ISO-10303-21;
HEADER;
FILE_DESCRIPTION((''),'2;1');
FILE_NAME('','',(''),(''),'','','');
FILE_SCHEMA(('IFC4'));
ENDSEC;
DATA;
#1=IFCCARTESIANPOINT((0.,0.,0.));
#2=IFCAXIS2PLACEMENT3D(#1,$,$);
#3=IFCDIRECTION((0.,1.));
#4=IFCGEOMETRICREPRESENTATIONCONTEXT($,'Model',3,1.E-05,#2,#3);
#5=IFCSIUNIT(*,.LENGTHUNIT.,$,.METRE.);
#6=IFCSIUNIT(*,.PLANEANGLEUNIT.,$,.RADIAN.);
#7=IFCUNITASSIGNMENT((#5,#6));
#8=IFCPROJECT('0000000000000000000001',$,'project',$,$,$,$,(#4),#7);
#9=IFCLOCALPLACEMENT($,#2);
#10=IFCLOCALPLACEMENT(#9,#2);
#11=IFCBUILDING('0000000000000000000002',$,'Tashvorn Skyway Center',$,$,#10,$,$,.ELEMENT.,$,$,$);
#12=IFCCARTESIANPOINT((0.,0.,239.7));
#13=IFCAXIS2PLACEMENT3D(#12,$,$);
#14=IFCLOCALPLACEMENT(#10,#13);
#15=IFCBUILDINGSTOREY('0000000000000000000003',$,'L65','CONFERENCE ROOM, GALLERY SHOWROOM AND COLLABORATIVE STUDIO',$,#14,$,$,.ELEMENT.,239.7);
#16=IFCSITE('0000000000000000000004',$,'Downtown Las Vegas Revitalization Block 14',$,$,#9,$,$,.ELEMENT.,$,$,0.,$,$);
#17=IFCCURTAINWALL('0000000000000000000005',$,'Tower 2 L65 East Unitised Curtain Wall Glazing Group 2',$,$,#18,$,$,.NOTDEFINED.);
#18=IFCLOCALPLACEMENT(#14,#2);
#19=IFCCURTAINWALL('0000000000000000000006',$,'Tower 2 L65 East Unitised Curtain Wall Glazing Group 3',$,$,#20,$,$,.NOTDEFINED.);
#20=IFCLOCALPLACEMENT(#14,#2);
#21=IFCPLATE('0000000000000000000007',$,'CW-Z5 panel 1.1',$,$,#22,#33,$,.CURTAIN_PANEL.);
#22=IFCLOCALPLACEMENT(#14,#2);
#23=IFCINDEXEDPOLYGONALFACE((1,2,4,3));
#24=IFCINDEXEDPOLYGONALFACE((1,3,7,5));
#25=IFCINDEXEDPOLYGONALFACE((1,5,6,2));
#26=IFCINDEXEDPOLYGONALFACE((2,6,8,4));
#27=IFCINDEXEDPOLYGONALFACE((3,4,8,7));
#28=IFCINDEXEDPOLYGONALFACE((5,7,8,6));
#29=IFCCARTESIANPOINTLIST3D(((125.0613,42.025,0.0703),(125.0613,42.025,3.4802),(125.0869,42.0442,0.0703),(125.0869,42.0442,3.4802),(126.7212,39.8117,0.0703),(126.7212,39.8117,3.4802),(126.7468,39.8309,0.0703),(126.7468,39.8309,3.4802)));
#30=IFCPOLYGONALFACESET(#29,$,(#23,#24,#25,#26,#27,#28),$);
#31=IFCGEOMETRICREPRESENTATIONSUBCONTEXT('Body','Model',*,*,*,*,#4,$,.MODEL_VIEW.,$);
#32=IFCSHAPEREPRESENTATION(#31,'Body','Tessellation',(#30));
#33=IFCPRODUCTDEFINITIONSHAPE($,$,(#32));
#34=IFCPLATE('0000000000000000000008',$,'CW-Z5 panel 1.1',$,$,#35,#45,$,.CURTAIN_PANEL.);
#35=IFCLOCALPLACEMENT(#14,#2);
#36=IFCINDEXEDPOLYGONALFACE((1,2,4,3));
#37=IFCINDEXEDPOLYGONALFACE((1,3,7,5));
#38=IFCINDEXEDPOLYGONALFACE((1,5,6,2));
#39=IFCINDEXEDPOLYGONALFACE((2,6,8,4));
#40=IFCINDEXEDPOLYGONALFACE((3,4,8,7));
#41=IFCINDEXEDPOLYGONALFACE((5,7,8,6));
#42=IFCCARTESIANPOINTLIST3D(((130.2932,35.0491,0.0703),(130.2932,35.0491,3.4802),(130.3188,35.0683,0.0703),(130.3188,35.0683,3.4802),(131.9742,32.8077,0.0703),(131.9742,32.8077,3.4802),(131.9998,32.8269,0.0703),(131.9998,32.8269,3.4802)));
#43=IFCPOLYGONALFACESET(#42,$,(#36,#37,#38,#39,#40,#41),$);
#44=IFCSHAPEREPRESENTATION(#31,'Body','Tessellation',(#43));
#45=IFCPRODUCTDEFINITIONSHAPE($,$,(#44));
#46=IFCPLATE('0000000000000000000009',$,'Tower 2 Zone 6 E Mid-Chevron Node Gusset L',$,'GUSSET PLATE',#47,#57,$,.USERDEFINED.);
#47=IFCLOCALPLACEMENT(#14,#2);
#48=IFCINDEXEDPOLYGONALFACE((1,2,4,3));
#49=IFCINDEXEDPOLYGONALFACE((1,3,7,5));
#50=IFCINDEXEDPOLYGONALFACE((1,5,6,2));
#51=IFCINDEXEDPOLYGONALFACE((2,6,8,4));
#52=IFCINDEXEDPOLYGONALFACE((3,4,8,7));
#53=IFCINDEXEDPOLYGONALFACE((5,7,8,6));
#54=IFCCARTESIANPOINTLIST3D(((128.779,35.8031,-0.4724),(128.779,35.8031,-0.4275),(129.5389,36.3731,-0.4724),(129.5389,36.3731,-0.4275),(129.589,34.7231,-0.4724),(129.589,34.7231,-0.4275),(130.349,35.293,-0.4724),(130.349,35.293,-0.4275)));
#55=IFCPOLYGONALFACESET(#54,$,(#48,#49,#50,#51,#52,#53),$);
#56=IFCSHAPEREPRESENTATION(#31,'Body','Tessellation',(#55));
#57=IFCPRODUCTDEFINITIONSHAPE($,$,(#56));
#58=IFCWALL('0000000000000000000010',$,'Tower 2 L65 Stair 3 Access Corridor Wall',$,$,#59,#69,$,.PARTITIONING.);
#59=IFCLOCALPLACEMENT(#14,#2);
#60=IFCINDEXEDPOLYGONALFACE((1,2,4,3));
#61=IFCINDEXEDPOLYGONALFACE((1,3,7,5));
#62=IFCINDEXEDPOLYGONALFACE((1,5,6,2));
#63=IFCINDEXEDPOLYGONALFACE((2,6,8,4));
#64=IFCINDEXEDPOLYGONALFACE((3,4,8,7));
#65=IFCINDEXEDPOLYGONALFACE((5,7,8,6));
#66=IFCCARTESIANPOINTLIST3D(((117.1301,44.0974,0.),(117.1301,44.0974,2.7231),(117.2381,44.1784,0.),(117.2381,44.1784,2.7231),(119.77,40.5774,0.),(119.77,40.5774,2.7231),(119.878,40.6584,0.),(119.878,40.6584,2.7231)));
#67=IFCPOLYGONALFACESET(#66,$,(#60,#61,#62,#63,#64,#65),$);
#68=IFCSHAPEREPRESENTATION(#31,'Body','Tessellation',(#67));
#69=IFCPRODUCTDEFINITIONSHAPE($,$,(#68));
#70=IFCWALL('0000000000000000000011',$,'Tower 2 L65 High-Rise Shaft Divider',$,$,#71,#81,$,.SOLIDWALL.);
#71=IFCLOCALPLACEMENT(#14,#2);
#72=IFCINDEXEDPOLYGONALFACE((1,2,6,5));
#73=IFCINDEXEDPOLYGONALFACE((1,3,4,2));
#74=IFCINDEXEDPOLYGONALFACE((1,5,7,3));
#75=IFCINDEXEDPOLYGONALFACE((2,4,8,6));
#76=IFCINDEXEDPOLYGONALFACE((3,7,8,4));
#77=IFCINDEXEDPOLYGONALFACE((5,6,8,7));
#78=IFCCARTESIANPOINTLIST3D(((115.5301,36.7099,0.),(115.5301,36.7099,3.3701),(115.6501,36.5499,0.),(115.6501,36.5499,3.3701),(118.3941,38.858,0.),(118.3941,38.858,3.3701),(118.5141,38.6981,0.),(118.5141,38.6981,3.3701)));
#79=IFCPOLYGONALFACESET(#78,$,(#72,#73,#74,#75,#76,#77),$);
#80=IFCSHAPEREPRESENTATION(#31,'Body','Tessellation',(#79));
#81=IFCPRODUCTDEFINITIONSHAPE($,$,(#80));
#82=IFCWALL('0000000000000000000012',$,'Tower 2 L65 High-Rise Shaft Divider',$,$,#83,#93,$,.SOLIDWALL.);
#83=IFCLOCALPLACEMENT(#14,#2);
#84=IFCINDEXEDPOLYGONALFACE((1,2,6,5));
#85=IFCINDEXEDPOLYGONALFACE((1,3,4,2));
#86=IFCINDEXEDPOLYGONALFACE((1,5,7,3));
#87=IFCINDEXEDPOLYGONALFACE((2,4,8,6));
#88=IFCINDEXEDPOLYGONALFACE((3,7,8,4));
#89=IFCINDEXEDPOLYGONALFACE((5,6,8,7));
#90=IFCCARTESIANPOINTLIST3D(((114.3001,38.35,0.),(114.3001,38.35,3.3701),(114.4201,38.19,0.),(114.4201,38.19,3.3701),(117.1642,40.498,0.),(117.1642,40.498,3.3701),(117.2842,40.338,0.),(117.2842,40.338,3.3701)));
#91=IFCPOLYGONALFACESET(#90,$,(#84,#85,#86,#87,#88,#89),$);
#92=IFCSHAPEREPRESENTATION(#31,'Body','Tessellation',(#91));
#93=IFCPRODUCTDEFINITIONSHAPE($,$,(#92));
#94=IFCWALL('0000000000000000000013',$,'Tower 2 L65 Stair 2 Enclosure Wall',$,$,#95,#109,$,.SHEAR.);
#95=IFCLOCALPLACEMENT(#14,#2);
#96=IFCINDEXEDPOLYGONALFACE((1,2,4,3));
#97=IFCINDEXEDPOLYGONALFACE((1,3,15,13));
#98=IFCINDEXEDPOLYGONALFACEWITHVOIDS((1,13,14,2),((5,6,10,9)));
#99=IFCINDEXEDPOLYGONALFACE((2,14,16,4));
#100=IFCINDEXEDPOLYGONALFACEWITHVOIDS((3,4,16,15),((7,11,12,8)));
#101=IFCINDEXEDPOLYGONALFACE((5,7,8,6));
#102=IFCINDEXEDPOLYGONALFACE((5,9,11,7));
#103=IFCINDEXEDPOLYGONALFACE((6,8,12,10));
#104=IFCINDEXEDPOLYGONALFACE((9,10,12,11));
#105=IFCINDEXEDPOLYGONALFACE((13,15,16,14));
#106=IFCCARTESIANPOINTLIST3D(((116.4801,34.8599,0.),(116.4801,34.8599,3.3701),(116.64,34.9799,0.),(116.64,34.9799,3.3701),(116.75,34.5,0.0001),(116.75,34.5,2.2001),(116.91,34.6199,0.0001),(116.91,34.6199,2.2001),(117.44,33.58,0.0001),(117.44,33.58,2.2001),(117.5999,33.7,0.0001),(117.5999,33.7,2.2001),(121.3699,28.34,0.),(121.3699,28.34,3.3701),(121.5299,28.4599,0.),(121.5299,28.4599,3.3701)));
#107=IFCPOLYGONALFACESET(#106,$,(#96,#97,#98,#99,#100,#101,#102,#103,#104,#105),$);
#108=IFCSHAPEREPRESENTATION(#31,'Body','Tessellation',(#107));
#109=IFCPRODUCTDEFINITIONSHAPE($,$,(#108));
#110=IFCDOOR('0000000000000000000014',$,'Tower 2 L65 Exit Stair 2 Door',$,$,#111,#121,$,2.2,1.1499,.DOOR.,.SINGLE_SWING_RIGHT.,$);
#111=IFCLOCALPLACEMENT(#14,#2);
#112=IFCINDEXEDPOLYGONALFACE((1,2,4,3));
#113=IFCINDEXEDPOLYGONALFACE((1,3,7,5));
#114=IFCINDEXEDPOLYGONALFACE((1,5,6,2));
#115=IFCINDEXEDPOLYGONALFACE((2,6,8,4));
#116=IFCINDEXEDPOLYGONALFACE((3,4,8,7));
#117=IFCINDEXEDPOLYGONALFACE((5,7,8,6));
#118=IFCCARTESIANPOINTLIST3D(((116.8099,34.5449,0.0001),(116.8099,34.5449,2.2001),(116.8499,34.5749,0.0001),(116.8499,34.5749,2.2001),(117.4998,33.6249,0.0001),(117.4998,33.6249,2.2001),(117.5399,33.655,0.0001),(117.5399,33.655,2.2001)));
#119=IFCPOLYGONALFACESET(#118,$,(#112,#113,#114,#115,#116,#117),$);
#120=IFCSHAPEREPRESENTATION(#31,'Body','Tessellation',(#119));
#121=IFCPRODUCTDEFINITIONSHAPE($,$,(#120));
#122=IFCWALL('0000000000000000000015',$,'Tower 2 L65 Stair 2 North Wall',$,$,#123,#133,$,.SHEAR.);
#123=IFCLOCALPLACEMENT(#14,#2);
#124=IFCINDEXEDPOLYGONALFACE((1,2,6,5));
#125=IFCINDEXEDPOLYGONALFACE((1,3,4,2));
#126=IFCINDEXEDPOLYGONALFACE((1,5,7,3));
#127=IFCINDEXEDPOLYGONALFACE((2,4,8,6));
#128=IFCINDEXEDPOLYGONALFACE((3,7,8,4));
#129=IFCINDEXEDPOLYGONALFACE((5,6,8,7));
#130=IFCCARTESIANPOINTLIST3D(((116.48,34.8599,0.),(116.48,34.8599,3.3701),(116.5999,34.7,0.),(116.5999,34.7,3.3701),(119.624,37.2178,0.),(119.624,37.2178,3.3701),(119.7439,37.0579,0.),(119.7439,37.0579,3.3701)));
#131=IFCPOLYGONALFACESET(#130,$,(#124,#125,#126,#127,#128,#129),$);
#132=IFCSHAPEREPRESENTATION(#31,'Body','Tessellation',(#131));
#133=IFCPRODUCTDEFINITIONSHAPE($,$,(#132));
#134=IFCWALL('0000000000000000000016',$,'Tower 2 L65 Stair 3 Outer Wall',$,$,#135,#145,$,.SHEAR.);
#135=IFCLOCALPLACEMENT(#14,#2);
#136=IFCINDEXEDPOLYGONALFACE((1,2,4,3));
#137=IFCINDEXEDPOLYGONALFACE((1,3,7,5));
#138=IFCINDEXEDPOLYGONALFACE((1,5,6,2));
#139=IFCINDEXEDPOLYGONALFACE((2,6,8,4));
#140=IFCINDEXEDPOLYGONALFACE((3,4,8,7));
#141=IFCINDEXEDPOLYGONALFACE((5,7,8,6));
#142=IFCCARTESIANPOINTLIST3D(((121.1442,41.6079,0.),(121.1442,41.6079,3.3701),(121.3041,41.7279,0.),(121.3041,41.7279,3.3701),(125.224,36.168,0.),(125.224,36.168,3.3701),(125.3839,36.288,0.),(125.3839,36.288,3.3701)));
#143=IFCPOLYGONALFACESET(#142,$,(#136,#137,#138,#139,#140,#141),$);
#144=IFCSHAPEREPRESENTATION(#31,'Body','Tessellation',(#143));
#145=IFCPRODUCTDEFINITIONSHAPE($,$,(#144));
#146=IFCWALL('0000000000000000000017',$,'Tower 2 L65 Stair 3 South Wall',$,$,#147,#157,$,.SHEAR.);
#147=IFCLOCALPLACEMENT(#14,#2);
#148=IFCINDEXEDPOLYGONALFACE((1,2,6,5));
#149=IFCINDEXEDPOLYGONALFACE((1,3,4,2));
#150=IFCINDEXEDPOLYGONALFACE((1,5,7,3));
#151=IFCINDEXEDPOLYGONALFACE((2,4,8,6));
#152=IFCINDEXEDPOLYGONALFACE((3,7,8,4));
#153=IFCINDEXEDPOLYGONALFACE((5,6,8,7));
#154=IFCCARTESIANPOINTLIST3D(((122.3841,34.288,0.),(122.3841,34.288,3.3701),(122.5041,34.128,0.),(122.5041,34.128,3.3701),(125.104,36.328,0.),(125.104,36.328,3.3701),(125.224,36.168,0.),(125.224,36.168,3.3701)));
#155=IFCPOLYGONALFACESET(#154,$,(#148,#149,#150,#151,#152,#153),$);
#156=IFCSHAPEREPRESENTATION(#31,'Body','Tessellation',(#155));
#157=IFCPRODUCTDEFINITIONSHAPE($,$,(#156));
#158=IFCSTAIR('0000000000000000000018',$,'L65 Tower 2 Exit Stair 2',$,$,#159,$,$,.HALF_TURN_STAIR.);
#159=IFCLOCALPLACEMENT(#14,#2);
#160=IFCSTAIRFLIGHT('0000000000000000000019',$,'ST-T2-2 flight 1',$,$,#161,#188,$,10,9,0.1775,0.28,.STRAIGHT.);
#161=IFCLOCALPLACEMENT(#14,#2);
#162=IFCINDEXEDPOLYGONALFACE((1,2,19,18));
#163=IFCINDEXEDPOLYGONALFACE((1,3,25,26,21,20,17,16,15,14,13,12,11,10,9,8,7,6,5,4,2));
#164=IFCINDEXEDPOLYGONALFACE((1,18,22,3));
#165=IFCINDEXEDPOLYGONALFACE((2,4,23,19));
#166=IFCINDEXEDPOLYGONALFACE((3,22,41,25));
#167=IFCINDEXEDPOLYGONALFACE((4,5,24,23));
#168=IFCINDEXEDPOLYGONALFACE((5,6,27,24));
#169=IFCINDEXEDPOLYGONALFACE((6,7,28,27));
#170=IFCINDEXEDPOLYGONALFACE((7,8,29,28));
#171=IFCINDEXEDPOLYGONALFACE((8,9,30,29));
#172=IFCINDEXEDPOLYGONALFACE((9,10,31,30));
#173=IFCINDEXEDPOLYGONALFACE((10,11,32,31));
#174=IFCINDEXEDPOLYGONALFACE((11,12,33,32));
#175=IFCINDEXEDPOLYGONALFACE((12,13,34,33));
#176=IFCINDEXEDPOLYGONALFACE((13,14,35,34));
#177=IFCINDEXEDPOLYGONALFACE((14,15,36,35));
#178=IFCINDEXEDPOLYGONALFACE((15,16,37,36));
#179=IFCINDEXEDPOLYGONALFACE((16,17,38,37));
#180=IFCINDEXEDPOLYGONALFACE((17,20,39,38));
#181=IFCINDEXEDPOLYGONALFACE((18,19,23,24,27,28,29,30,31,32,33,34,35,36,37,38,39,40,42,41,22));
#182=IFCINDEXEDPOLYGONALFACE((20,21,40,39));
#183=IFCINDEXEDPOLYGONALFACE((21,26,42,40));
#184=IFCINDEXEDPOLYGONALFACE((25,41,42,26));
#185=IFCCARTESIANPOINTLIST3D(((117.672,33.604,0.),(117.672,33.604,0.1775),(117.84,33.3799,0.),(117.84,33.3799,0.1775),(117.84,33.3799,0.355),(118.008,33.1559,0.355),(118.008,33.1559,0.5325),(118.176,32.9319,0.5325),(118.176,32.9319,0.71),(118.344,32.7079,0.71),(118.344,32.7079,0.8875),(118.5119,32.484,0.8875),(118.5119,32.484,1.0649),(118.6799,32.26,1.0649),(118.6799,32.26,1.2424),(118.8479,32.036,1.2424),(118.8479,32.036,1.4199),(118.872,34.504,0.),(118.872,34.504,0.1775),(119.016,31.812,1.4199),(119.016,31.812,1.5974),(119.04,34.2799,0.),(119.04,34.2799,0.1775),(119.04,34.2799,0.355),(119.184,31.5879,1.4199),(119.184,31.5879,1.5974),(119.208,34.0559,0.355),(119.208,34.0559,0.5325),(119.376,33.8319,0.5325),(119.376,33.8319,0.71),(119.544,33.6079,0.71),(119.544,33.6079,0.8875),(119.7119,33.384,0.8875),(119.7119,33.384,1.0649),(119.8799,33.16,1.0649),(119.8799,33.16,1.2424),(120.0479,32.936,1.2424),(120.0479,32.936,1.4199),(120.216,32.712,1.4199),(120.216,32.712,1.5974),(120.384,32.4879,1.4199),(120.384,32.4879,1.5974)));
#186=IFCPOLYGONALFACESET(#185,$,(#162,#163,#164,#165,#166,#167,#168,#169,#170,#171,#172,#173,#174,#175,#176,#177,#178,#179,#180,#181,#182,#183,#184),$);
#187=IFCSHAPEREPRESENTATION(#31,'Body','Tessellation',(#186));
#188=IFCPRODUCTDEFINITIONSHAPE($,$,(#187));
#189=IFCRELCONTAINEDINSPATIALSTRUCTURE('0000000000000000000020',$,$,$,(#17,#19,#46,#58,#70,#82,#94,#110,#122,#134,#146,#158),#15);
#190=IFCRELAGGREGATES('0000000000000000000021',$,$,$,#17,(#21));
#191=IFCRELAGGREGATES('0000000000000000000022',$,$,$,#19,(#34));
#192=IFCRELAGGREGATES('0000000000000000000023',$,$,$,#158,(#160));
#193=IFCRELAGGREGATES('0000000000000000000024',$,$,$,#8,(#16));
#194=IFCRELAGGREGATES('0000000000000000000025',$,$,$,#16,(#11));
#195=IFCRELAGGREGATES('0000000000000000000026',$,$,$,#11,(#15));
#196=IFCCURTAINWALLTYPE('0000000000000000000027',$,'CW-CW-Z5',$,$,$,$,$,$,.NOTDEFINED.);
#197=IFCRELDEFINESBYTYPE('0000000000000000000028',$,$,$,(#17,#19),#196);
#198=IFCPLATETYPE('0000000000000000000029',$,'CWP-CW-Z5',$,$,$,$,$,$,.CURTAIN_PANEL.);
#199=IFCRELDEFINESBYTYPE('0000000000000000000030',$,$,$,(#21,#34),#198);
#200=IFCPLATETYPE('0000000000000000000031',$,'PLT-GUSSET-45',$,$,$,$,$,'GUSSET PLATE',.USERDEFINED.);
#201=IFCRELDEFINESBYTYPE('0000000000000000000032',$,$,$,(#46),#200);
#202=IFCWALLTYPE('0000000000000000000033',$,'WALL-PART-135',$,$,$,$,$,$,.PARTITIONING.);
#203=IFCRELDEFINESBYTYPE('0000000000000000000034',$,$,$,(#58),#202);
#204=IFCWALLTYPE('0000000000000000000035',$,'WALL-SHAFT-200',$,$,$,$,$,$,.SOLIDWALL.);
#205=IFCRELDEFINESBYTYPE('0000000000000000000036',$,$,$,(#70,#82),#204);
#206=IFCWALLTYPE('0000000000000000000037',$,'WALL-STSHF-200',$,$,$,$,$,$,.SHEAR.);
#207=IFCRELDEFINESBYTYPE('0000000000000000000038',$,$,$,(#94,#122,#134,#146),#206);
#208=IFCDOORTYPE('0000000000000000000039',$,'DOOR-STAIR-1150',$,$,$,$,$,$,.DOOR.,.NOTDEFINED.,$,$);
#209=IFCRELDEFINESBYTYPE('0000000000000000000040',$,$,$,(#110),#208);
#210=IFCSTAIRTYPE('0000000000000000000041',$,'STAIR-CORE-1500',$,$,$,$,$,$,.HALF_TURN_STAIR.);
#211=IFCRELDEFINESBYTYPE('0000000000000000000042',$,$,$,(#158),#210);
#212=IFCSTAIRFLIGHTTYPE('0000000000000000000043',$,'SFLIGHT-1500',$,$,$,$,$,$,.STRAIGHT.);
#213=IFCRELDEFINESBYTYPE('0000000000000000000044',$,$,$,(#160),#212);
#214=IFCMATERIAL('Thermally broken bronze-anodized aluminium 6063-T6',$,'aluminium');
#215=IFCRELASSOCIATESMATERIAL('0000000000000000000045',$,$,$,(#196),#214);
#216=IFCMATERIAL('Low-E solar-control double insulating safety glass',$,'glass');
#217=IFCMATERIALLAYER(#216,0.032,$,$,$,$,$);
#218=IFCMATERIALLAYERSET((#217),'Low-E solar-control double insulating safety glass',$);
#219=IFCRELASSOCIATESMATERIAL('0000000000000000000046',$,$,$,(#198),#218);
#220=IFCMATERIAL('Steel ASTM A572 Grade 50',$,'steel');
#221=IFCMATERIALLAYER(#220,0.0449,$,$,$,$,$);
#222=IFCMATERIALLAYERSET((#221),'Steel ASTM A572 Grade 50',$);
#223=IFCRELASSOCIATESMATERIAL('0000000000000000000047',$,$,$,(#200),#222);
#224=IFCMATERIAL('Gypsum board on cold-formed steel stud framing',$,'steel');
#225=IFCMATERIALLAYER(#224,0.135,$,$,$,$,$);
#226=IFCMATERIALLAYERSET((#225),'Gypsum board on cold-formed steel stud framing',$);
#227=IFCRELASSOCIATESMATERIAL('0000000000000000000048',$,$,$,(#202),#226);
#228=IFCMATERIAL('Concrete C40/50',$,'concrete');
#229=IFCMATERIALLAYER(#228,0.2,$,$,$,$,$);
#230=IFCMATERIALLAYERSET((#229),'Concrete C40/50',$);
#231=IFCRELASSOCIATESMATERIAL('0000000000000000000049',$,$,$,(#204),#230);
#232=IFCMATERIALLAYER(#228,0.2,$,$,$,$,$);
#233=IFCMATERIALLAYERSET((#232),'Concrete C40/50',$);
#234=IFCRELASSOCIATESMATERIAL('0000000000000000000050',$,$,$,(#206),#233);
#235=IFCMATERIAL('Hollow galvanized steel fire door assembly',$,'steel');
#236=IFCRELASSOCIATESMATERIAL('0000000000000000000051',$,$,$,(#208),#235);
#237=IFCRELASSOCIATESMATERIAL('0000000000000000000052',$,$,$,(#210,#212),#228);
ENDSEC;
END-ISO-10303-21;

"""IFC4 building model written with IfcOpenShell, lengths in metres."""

from ifc_helpers import new_model, si_unit, direction, frame, frame_2d, origin, origin_2d, place, context, subcontext, project, spatial, polyline, rectangle, outline, extrude, material, layer, layer_set, type_object, element, fill, aggregate, save


model = new_model("IFC4")

# Units and contexts
model_context = context("Model", 3, precision=1e-05, world=origin(), true_north=direction((0.0, 1.0)))
body_context = subcontext(model_context, "Body", "Model", "MODEL_VIEW")
ifc_project = project(units=[si_unit("LENGTHUNIT", "METRE"), si_unit("PLANEANGLEUNIT", "RADIAN")], contexts=[model_context])

# Site, building, storey
site_placement = place(None, origin())
site = spatial("IfcSite", under=ifc_project, at=site_placement, Name="Downtown Las Vegas Revitalization Block 14", CompositionType="ELEMENT", RefElevation=0.0)
building_placement = place(site_placement, origin())
building = spatial("IfcBuilding", under=site, at=building_placement, Name="Tashvorn Skyway Center", CompositionType="ELEMENT")
storey_placement = place(building_placement, frame((0.0, 0.0, 239.7)))
storey = spatial("IfcBuildingStorey", under=building, at=storey_placement, Name="L65", Description="CONFERENCE ROOM, GALLERY SHOWROOM AND COLLABORATIVE STUDIO", CompositionType="ELEMENT", Elevation=239.7)

# Shared definitions
ifc_material_1 = material(Name="Steel ASTM A572 Grade 50", Category="steel")

# Curtain wall
ifc_material_2 = material(Name="Thermally broken bronze-anodized aluminium 6063-T6", Category="aluminium")
curtain_wall_type = type_object("IfcCurtainWallType", Name="CW-CW-Z5", PredefinedType="NOTDEFINED", material=ifc_material_2)
curtain_wall_1_placement = place(storey_placement, origin())
curtain_wall_1 = element("IfcCurtainWall", 1, at=curtain_wall_1_placement, inside=storey, type_object=curtain_wall_type, Name="Tower 2 L65 East Unitised Curtain Wall Glazing Group 2", PredefinedType="NOTDEFINED")

# Curtain wall
curtain_wall_2_placement = place(storey_placement, origin())
curtain_wall_2 = element("IfcCurtainWall", 2, at=curtain_wall_2_placement, inside=storey, type_object=curtain_wall_type, Name="Tower 2 L65 East Unitised Curtain Wall Glazing Group 3", PredefinedType="NOTDEFINED")

# Plates
ifc_material_3 = material(Name="Low-E solar-control double insulating safety glass", Category="glass")
ifc_layer_1 = layer(ifc_material_3, 0.032)
ifc_layer_set_1 = layer_set([ifc_layer_1], Name="Low-E solar-control double insulating safety glass")
plate_type_1 = type_object("IfcPlateType", Name="CWP-CW-Z5", PredefinedType="CURTAIN_PANEL", material=ifc_layer_set_1)
plate_1_placement = place(storey_placement, frame((125.9041, 40.928, 0.0703), z_axis=(0.0, 0.0, 1.0), x_axis=(0.599989, -0.800008, 0.0)))
plate_1 = element("IfcPlate", 3, at=plate_1_placement, type_object=plate_type_1, Name="CW-Z5 panel 1.1", PredefinedType="CURTAIN_PANEL", context=body_context, shape_type="SweptSolid", body=[
    extrude(rectangle(XDim=2.7666, YDim=0.032, at=origin_2d()), origin(), (0.0, 0.0, 1.0), 3.4099),
])
aggregate(curtain_wall_1, [plate_1])
plate_2_placement = place(storey_placement, frame((131.1465, 33.938, 0.0703), z_axis=(0.0, 0.0, 1.0), x_axis=(0.599997, -0.800002, 0.0)))
plate_2 = element("IfcPlate", 4, at=plate_2_placement, type_object=plate_type_1, Name="CW-Z5 panel 1.1", PredefinedType="CURTAIN_PANEL", context=body_context, shape_type="SweptSolid", body=[
    extrude(rectangle(XDim=2.8018, YDim=0.032, at=origin_2d()), origin(), (0.0, 0.0, 1.0), 3.4099),
])
aggregate(curtain_wall_2, [plate_2])
ifc_layer_2 = layer(ifc_material_1, 0.0449)
ifc_layer_set_2 = layer_set([ifc_layer_2], Name="Steel ASTM A572 Grade 50")
plate_type_2 = type_object("IfcPlateType", Name="PLT-GUSSET-45", ElementType="GUSSET PLATE", PredefinedType="USERDEFINED", material=ifc_layer_set_2)
plate_3_placement = place(storey_placement, frame((129.564, 35.5481, -0.4724), z_axis=(0.0, 0.0, 1.0), x_axis=(-0.6, 0.8, 0.0)))
element("IfcPlate", 5, at=plate_3_placement, inside=storey, type_object=plate_type_2, Name="Tower 2 Zone 6 E Mid-Chevron Node Gusset L", ObjectType="GUSSET PLATE", PredefinedType="USERDEFINED", context=body_context, shape_type="SweptSolid", body=[
    extrude(rectangle(XDim=1.3501, YDim=0.95, at=origin_2d()), origin(), (0.0, 0.0, 1.0), 0.0449),
])

# Walls
ifc_material_4 = material(Name="Gypsum board on cold-formed steel stud framing", Category="steel")
ifc_layer_3 = layer(ifc_material_4, 0.135)
ifc_layer_set_3 = layer_set([ifc_layer_3], Name="Gypsum board on cold-formed steel stud framing")
wall_type_1 = type_object("IfcWallType", Name="WALL-PART-135", PredefinedType="PARTITIONING", material=ifc_layer_set_3)
wall_1_placement = place(storey_placement, frame((119.824, 40.6179, 0.0), z_axis=(0.0, 0.0, 1.0), x_axis=(-0.599982, 0.800013, 0.0)))
element("IfcWall", 6, at=wall_1_placement, inside=storey, type_object=wall_type_1, Name="Tower 2 L65 Stair 3 Access Corridor Wall", PredefinedType="PARTITIONING", context=body_context, shape_type="SweptSolid", body=[
    extrude(rectangle(XDim=4.3999, YDim=0.135, at=frame_2d((2.2, 0.0))), origin(), (0.0, 0.0, 1.0), 2.7231),
])
ifc_material_5 = material(Name="Concrete C40/50", Category="concrete")
ifc_layer_4 = layer(ifc_material_5, 0.2)
ifc_layer_set_4 = layer_set([ifc_layer_4], Name="Concrete C40/50")
wall_type_2 = type_object("IfcWallType", Name="WALL-SHAFT-200", PredefinedType="SOLIDWALL", material=ifc_layer_set_4)
for number, where, z_axis, x_axis, name in (
    (7, (115.5901, 36.6299, 0.0), (0.0, 0.0, 1.0), (0.799975, 0.600033, 0.0), "Tower 2 L65 High-Rise Shaft Divider"),
    (8, (114.3601, 38.27, 0.0), (0.0, 0.0, 1.0), (0.800008, 0.599989, 0.0), "Tower 2 L65 High-Rise Shaft Divider"),
):
    element("IfcWall", number, at=place(storey_placement, frame(where, z_axis=z_axis, x_axis=x_axis)), inside=storey, type_object=wall_type_2, Name=name, PredefinedType="SOLIDWALL", context=body_context, shape_type="SweptSolid", body=[
        extrude(rectangle(XDim=3.5801, YDim=0.2, at=frame_2d((1.79, 0.0))), origin(), (0.0, 0.0, 1.0), 3.3701),
    ])

# Wall, opening, door
ifc_layer_5 = layer(ifc_material_5, 0.2)
ifc_layer_set_5 = layer_set([ifc_layer_5], Name="Concrete C40/50")
wall_type_3 = type_object("IfcWallType", Name="WALL-STSHF-200", PredefinedType="SHEAR", material=ifc_layer_set_5)
wall_2_placement = place(storey_placement, frame((116.5601, 34.9199, 0.0), z_axis=(0.0, 0.0, 1.0), x_axis=(0.59999, -0.800007, 0.0)))
wall_2 = element("IfcWall", 9, at=wall_2_placement, inside=storey, type_object=wall_type_3, Name="Tower 2 L65 Stair 2 Enclosure Wall", PredefinedType="SHEAR", context=body_context, shape_type="SweptSolid", body=[
    extrude(rectangle(XDim=8.1499, YDim=0.2, at=frame_2d((4.075, 0.0))), origin(), (0.0, 0.0, 1.0), 3.3701),
])
opening_placement = place(wall_2_placement, frame((0.45, 0.0, 0.0)))
opening = element("IfcOpeningElement", 10, at=opening_placement, cuts=wall_2, PredefinedType="OPENING", context=body_context, shape_type="SweptSolid", body=[
    extrude(rectangle(XDim=1.1499, YDim=2.2, at=frame_2d((0.575, 1.1001))), frame((0.0, 0.1099, 0.0), z_axis=(0.0, -1.0, 0.0), x_axis=(1.0, 0.0, 0.0)), (0.0, 0.0, 1.0), 0.22),
])
ifc_material_6 = material(Name="Hollow galvanized steel fire door assembly", Category="steel")
door_type = type_object("IfcDoorType", Name="DOOR-STAIR-1150", OperationType="NOTDEFINED", PredefinedType="DOOR", material=ifc_material_6)
door_placement = place(opening_placement, origin())
door = element("IfcDoor", 11, at=door_placement, inside=storey, type_object=door_type, Name="Tower 2 L65 Exit Stair 2 Door", OperationType="SINGLE_SWING_RIGHT", OverallHeight=2.2, OverallWidth=1.1499, PredefinedType="DOOR", context=body_context, shape_type="SweptSolid", body=[
    extrude(rectangle(XDim=1.1499, YDim=2.2, at=frame_2d((0.575, 1.1001))), frame((0.0, 0.0249, 0.0), z_axis=(0.0, -1.0, 0.0), x_axis=(1.0, 0.0, 0.0)), (0.0, 0.0, 1.0), 0.05),
])
fill(opening, door)

# Walls
wall_3_placement = place(storey_placement, frame((116.54, 34.78, 0.0), z_axis=(0.0, 0.0, 1.0), x_axis=(0.800015, 0.59998, 0.0)))
element("IfcWall", 12, at=wall_3_placement, inside=storey, type_object=wall_type_3, Name="Tower 2 L65 Stair 2 North Wall", PredefinedType="SHEAR", context=body_context, shape_type="SweptSolid", body=[
    extrude(rectangle(XDim=3.9299, YDim=0.2, at=frame_2d((1.9648, 0.0))), origin(), (0.0, 0.0, 1.0), 3.3701),
])
wall_4_placement = place(storey_placement, frame((125.304, 36.228, 0.0), z_axis=(0.0, 0.0, 1.0), x_axis=(-0.599989, 0.800009, 0.0)))
element("IfcWall", 13, at=wall_4_placement, inside=storey, type_object=wall_type_3, Name="Tower 2 L65 Stair 3 Outer Wall", PredefinedType="SHEAR", context=body_context, shape_type="SweptSolid", body=[
    extrude(rectangle(XDim=6.7998, YDim=0.2, at=frame_2d((3.3999, 0.0))), origin(), (0.0, 0.0, 1.0), 3.3701),
])
wall_5_placement = place(storey_placement, frame((122.4441, 34.208, 0.0), z_axis=(0.0, 0.0, 1.0), x_axis=(0.799991, 0.600011, 0.0)))
element("IfcWall", 14, at=wall_5_placement, inside=storey, type_object=wall_type_3, Name="Tower 2 L65 Stair 3 South Wall", PredefinedType="SHEAR", context=body_context, shape_type="SweptSolid", body=[
    extrude(rectangle(XDim=3.3999, YDim=0.2, at=frame_2d((1.7, 0.0))), origin(), (0.0, 0.0, 1.0), 3.3701),
])

# Stair, stair flight
stair_type = type_object("IfcStairType", Name="STAIR-CORE-1500", PredefinedType="HALF_TURN_STAIR", material=ifc_material_5)
stair_1_placement = place(storey_placement, origin())
stair_1 = element("IfcStair", 15, at=stair_1_placement, inside=storey, type_object=stair_type, Name="L65 Tower 2 Exit Stair 2", PredefinedType="HALF_TURN_STAIR")
stair_flight_type = type_object("IfcStairFlightType", Name="SFLIGHT-1500", PredefinedType="STRAIGHT", material=ifc_material_5)
stair_flight_1_placement = place(storey_placement, frame((118.272, 34.054, 0.0), z_axis=(0.0, 0.0, 1.0), x_axis=(0.6, -0.8, 0.0)))
stair_flight_1 = element("IfcStairFlight", 16, at=stair_flight_1_placement, type_object=stair_flight_type, Name="ST-T2-2 flight 1", NumberOfRisers=10, NumberOfTreads=9, PredefinedType="STRAIGHT", RiserHeight=0.1775, TreadLength=0.28, context=body_context, shape_type="SweptSolid", body=[
    extrude(outline(polyline([(0.0, 0.0), (0.0, 0.1775), (0.28, 0.1775), (0.28, 0.355), (0.5601, 0.355), (0.5601, 0.5325), (0.8401, 0.5325), (0.8401, 0.71), (1.1201, 0.71), (1.1201, 0.8875), (1.3999, 0.8875), (1.3999, 1.0649), (1.6799, 1.0649), (1.6799, 1.2424), (1.96, 1.2424), (1.96, 1.4199), (2.24, 1.4199), (2.24, 1.5974), (2.52, 1.5974), (2.52, 1.7749), (2.52, 1.4199), (0.28, 0.0), (0.0, 0.0)])), frame((0.0, 0.75, 0.0), z_axis=(0.0, -1.0, 0.0), x_axis=(1.0, 0.0, 0.0)), (0.0, 0.0, 1.0), 1.5),
])
aggregate(stair_1, [stair_flight_1])

save(model, "model.ifc")
